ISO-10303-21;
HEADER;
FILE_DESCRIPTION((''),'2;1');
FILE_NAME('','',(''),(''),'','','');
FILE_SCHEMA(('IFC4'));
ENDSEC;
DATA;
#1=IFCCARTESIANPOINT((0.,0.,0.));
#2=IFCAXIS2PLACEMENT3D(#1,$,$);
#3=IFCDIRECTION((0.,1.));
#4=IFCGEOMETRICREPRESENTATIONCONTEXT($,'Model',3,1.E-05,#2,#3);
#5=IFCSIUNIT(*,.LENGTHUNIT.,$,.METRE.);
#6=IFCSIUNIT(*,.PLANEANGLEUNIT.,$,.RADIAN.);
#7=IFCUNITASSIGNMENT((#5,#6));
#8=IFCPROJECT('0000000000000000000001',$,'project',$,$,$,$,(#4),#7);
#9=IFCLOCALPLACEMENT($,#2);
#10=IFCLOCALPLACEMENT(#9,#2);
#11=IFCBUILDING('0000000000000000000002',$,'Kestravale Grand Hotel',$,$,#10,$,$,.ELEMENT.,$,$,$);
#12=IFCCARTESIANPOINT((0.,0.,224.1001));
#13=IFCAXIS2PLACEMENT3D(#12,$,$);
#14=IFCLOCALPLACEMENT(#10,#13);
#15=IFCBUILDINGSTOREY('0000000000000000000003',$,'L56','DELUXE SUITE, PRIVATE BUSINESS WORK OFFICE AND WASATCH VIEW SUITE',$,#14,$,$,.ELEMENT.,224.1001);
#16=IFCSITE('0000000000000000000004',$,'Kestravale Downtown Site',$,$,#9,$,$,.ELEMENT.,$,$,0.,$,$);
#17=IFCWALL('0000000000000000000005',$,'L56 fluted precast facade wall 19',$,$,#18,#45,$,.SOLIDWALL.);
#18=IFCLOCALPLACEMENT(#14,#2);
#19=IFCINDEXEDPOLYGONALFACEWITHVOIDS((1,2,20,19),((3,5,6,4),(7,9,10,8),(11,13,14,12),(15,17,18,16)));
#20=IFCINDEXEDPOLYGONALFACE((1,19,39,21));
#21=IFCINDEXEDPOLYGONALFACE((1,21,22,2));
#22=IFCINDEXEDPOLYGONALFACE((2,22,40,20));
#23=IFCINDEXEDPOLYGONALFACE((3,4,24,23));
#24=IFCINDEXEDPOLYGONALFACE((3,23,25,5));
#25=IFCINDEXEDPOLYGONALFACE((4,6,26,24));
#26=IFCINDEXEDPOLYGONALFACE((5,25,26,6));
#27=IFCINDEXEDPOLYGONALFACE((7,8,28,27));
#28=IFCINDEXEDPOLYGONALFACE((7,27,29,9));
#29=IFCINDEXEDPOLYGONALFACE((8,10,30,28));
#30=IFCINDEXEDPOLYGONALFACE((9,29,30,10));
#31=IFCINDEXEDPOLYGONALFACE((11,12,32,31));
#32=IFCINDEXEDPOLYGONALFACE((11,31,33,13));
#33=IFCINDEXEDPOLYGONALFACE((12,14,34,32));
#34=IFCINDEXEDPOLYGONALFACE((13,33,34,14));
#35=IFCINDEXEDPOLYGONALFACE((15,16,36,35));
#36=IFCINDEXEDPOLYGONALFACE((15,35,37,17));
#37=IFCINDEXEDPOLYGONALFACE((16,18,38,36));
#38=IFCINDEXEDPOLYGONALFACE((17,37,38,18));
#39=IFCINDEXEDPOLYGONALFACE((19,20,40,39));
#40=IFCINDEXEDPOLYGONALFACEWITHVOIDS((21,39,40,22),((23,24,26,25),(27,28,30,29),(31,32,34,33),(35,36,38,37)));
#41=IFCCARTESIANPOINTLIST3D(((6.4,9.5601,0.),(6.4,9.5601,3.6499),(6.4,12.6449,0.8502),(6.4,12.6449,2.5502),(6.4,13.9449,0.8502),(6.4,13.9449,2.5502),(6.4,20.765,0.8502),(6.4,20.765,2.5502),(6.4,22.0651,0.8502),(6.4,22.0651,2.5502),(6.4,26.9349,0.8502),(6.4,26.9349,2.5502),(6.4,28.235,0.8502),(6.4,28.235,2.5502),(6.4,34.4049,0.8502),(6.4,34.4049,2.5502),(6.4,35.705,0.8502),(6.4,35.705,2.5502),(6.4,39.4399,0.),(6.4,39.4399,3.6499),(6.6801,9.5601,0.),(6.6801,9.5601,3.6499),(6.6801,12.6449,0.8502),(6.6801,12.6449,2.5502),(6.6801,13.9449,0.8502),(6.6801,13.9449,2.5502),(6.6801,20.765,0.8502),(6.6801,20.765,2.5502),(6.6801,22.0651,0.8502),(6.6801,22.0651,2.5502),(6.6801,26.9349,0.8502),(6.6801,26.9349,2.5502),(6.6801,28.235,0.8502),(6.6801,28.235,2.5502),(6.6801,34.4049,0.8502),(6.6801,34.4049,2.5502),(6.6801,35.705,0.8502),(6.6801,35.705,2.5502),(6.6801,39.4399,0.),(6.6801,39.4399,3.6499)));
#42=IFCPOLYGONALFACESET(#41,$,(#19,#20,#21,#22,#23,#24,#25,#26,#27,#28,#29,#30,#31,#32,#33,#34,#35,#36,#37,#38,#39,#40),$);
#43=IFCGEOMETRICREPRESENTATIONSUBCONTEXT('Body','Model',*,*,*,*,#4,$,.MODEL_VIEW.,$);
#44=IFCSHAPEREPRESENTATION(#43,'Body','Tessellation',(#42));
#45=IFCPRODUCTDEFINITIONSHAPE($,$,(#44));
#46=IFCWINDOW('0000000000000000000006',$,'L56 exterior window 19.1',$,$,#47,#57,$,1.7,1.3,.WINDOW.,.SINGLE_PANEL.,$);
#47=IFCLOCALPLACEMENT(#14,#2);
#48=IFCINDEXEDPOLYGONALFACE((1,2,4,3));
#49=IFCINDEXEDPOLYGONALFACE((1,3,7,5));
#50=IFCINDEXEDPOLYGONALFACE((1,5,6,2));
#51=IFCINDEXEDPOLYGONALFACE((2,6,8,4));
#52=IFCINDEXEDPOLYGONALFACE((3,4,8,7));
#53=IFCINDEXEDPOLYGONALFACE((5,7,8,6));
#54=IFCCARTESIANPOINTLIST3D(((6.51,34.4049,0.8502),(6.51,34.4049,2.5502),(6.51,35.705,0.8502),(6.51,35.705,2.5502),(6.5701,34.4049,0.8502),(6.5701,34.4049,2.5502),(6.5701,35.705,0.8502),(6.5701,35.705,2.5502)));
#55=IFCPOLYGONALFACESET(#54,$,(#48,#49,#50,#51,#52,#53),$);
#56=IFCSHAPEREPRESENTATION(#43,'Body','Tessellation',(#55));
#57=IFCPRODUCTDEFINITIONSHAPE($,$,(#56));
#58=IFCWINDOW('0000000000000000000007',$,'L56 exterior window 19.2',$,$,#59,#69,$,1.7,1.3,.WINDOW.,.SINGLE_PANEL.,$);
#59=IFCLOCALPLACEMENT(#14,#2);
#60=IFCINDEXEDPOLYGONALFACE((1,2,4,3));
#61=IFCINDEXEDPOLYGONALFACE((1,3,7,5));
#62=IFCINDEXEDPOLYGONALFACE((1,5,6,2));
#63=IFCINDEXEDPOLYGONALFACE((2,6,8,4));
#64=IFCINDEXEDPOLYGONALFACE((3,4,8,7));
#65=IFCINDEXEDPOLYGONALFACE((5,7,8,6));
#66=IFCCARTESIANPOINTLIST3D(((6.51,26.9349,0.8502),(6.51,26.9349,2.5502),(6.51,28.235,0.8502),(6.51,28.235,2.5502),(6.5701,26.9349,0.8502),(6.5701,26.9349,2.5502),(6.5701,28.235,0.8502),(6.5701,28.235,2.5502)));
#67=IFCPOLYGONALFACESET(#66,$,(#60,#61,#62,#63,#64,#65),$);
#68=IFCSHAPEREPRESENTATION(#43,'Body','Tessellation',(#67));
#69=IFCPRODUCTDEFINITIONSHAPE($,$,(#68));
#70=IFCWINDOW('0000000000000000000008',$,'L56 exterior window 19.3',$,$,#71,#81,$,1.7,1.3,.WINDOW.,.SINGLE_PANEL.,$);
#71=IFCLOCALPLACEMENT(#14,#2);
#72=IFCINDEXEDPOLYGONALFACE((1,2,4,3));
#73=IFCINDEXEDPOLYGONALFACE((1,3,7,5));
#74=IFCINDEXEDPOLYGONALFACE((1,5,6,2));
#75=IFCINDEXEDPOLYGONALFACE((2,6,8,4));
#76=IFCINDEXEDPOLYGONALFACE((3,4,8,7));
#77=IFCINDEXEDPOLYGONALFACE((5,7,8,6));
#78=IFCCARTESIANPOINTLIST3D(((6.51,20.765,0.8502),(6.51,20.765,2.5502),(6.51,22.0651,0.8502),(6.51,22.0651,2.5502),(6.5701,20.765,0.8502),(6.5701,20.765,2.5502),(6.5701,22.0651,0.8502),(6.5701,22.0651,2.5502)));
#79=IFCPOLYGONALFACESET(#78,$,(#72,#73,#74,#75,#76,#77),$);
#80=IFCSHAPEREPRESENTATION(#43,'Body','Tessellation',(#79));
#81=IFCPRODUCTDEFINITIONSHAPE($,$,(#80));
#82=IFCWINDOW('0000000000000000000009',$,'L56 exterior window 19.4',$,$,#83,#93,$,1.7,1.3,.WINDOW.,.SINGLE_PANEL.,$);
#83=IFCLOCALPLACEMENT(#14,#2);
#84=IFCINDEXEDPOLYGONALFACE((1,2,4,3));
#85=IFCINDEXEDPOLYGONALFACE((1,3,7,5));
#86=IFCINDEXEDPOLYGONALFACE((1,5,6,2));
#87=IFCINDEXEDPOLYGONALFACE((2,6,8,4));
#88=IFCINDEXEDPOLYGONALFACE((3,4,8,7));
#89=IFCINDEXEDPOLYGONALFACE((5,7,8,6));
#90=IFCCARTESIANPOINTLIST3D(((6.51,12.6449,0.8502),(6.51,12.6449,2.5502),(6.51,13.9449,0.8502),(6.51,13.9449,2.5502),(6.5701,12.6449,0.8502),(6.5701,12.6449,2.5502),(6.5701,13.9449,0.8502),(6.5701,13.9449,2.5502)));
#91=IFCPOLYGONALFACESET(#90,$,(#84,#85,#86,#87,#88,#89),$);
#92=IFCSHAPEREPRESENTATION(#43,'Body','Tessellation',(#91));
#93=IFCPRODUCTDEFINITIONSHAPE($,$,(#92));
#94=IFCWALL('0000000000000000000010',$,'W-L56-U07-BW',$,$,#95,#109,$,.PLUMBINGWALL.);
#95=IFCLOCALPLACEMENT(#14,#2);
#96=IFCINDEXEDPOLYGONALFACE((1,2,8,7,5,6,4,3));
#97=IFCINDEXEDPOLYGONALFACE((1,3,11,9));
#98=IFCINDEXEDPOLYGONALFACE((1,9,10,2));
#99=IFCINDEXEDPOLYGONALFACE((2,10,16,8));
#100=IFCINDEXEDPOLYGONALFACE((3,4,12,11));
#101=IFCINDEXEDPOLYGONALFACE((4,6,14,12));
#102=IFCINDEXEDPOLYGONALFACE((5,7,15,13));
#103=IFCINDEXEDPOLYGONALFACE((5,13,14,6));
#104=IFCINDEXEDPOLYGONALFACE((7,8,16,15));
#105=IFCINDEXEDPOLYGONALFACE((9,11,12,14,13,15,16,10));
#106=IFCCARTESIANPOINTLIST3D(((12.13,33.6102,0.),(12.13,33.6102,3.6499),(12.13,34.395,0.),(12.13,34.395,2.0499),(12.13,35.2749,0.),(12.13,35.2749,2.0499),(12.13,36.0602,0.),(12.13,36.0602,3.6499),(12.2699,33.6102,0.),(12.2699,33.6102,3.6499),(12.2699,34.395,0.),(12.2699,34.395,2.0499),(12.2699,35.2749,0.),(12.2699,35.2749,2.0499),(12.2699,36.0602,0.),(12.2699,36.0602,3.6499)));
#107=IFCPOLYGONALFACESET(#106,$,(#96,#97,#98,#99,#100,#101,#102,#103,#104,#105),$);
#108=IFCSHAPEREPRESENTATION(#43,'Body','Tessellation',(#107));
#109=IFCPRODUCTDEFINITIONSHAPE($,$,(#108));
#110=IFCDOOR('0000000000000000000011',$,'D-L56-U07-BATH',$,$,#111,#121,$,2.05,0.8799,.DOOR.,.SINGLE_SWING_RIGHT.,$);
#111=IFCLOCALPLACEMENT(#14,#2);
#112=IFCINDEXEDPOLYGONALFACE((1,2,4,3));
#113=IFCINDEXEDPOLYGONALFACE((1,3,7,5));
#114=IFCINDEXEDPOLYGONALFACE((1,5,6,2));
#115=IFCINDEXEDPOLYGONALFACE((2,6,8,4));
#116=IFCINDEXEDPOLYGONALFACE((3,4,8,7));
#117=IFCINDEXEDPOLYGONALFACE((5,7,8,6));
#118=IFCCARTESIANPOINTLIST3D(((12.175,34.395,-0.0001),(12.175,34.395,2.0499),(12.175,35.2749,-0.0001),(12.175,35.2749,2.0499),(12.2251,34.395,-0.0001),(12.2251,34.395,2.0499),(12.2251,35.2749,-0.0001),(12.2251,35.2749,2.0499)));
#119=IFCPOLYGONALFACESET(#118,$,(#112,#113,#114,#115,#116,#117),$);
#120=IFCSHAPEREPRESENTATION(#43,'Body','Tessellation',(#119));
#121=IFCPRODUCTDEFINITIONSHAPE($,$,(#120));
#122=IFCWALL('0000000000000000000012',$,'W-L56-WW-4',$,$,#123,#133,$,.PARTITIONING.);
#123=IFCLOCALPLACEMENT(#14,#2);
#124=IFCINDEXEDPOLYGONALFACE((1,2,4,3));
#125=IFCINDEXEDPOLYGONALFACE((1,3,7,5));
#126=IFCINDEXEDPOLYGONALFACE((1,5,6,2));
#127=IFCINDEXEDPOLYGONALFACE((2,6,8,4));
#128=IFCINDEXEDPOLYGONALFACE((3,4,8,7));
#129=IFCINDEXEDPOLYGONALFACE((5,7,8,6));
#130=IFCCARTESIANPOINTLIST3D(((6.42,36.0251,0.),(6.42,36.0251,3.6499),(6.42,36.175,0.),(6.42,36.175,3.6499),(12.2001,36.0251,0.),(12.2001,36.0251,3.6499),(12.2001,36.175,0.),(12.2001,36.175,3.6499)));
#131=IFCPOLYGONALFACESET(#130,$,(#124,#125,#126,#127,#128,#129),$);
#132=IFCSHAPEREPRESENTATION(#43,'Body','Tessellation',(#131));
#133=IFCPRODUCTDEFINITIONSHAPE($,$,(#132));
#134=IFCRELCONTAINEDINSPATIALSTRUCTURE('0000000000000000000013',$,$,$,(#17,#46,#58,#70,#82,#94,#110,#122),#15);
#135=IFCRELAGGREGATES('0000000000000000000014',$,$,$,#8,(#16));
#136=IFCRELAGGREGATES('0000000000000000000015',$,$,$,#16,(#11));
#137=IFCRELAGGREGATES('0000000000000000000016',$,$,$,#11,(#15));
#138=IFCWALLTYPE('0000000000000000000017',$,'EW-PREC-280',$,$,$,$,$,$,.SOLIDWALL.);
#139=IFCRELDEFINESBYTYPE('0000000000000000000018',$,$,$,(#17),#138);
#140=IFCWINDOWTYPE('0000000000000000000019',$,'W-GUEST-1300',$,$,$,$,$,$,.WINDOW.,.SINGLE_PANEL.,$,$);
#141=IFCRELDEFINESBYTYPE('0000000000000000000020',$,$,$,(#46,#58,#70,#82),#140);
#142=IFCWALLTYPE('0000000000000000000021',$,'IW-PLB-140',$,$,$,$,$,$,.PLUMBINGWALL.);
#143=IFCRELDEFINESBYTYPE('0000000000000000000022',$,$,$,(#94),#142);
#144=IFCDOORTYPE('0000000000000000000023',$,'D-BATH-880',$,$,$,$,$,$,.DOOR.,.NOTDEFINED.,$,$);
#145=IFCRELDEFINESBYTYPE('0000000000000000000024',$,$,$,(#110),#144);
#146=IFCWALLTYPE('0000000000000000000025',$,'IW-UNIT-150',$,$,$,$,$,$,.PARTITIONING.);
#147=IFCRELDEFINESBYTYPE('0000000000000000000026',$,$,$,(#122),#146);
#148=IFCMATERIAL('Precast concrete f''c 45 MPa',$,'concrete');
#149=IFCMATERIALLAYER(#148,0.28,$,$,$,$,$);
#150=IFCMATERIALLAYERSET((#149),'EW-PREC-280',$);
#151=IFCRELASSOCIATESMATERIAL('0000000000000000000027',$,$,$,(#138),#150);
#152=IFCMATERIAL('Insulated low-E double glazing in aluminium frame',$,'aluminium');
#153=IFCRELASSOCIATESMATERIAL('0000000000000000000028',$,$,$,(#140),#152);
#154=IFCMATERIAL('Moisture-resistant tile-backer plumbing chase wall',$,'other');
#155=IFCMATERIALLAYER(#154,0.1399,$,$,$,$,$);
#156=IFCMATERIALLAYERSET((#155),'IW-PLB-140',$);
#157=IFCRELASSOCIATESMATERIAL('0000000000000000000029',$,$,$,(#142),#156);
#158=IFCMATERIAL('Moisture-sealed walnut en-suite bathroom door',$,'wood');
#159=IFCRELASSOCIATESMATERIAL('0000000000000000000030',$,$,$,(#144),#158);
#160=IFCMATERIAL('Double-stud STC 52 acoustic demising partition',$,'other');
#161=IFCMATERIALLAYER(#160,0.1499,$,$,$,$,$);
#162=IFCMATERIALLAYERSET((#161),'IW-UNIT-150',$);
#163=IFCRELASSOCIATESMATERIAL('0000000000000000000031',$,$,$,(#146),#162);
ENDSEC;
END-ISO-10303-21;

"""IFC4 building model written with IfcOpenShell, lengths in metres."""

from ifc_helpers import new_model, si_unit, direction, frame, frame_2d, origin, place, context, subcontext, project, spatial, rectangle, extrude, material, layer, layer_set, type_object, element, fill, save


model = new_model("IFC4")

# Units and contexts
model_context = context("Model", 3, precision=1e-05, world=origin(), true_north=direction((0.0, 1.0)))
body_context = subcontext(model_context, "Body", "Model", "MODEL_VIEW")
ifc_project = project(units=[si_unit("LENGTHUNIT", "METRE"), si_unit("PLANEANGLEUNIT", "RADIAN")], contexts=[model_context])

# Site, building, storey
site_placement = place(None, origin())
site = spatial("IfcSite", under=ifc_project, at=site_placement, Name="Kestravale Downtown Site", CompositionType="ELEMENT", RefElevation=0.0)
building_placement = place(site_placement, origin())
building = spatial("IfcBuilding", under=site, at=building_placement, Name="Kestravale Grand Hotel", CompositionType="ELEMENT")
storey_placement = place(building_placement, frame((0.0, 0.0, 224.1001)))
storey = spatial("IfcBuildingStorey", under=building, at=storey_placement, Name="L56", Description="DELUXE SUITE, PRIVATE BUSINESS WORK OFFICE AND WASATCH VIEW SUITE", CompositionType="ELEMENT", Elevation=224.1001)

# Wall, openings, windows
ifc_material_1 = material(Name="Precast concrete f'c 45 MPa", Category="concrete")
ifc_layer_1 = layer(ifc_material_1, 0.28)
ifc_layer_set_1 = layer_set([ifc_layer_1], Name="EW-PREC-280")
wall_type_1 = type_object("IfcWallType", Name="EW-PREC-280", PredefinedType="SOLIDWALL", material=ifc_layer_set_1)
wall_1_placement = place(storey_placement, frame((6.54, 39.4399, 0.0), z_axis=(0.0, 0.0, 1.0), x_axis=(0.0, -1.0, 0.0)))
wall_1 = element("IfcWall", 1, at=wall_1_placement, inside=storey, type_object=wall_type_1, Name="L56 fluted precast facade wall 19", PredefinedType="SOLIDWALL", context=body_context, shape_type="SweptSolid", body=[
    extrude(rectangle(XDim=29.8799, YDim=0.28, at=frame_2d((14.9399, 0.0))), origin(), (0.0, 0.0, 1.0), 3.6499),
])
opening_1_placement = place(wall_1_placement, frame((3.7351, 0.0, 0.8501)))
opening_1 = element("IfcOpeningElement", 2, at=opening_1_placement, cuts=wall_1, PredefinedType="OPENING", context=body_context, shape_type="SweptSolid", body=[
    extrude(rectangle(XDim=1.3, YDim=1.7, at=frame_2d((0.6499, 0.8501))), frame((0.0, 0.1499, 0.0), z_axis=(0.0, -1.0, 0.0), x_axis=(1.0, 0.0, 0.0)), (0.0, 0.0, 1.0), 0.3),
])
opening_2_placement = place(wall_1_placement, frame((11.2051, 0.0, 0.8501)))
opening_2 = element("IfcOpeningElement", 3, at=opening_2_placement, cuts=wall_1, PredefinedType="OPENING", context=body_context, shape_type="SweptSolid", body=[
    extrude(rectangle(XDim=1.3, YDim=1.7, at=frame_2d((0.6499, 0.8501))), frame((0.0, 0.1499, 0.0), z_axis=(0.0, -1.0, 0.0), x_axis=(1.0, 0.0, 0.0)), (0.0, 0.0, 1.0), 0.3),
])
opening_3_placement = place(wall_1_placement, frame((17.375, 0.0, 0.8501)))
opening_3 = element("IfcOpeningElement", 4, at=opening_3_placement, cuts=wall_1, PredefinedType="OPENING", context=body_context, shape_type="SweptSolid", body=[
    extrude(rectangle(XDim=1.3, YDim=1.7, at=frame_2d((0.6499, 0.8501))), frame((0.0, 0.1499, 0.0), z_axis=(0.0, -1.0, 0.0), x_axis=(1.0, 0.0, 0.0)), (0.0, 0.0, 1.0), 0.3),
])
opening_4_placement = place(wall_1_placement, frame((25.4951, 0.0, 0.8501)))
opening_4 = element("IfcOpeningElement", 5, at=opening_4_placement, cuts=wall_1, PredefinedType="OPENING", context=body_context, shape_type="SweptSolid", body=[
    extrude(rectangle(XDim=1.3, YDim=1.7, at=frame_2d((0.6499, 0.8501))), frame((0.0, 0.1499, 0.0), z_axis=(0.0, -1.0, 0.0), x_axis=(1.0, 0.0, 0.0)), (0.0, 0.0, 1.0), 0.3),
])
ifc_material_2 = material(Name="Insulated low-E double glazing in aluminium frame", Category="aluminium")
window_type = type_object("IfcWindowType", Name="W-GUEST-1300", PartitioningType="SINGLE_PANEL", PredefinedType="WINDOW", material=ifc_material_2)
window_1_placement = place(opening_1_placement, origin())
window_1 = element("IfcWindow", 6, at=window_1_placement, inside=storey, type_object=window_type, Name="L56 exterior window 19.1", OverallHeight=1.7, OverallWidth=1.3, PartitioningType="SINGLE_PANEL", PredefinedType="WINDOW", context=body_context, shape_type="SweptSolid", body=[
    extrude(rectangle(XDim=1.3, YDim=1.7, at=frame_2d((0.6499, 0.8501))), frame((0.0, 0.03, 0.0), z_axis=(0.0, -1.0, 0.0), x_axis=(1.0, 0.0, 0.0)), (0.0, 0.0, 1.0), 0.0601),
])
fill(opening_1, window_1)
window_2_placement = place(opening_2_placement, origin())
window_2 = element("IfcWindow", 7, at=window_2_placement, inside=storey, type_object=window_type, Name="L56 exterior window 19.2", OverallHeight=1.7, OverallWidth=1.3, PartitioningType="SINGLE_PANEL", PredefinedType="WINDOW", context=body_context, shape_type="SweptSolid", body=[
    extrude(rectangle(XDim=1.3, YDim=1.7, at=frame_2d((0.6499, 0.8501))), frame((0.0, 0.03, 0.0), z_axis=(0.0, -1.0, 0.0), x_axis=(1.0, 0.0, 0.0)), (0.0, 0.0, 1.0), 0.0601),
])
fill(opening_2, window_2)
window_3_placement = place(opening_3_placement, origin())
window_3 = element("IfcWindow", 8, at=window_3_placement, inside=storey, type_object=window_type, Name="L56 exterior window 19.3", OverallHeight=1.7, OverallWidth=1.3, PartitioningType="SINGLE_PANEL", PredefinedType="WINDOW", context=body_context, shape_type="SweptSolid", body=[
    extrude(rectangle(XDim=1.3, YDim=1.7, at=frame_2d((0.6499, 0.8501))), frame((0.0, 0.03, 0.0), z_axis=(0.0, -1.0, 0.0), x_axis=(1.0, 0.0, 0.0)), (0.0, 0.0, 1.0), 0.0601),
])
fill(opening_3, window_3)
window_4_placement = place(opening_4_placement, origin())
window_4 = element("IfcWindow", 9, at=window_4_placement, inside=storey, type_object=window_type, Name="L56 exterior window 19.4", OverallHeight=1.7, OverallWidth=1.3, PartitioningType="SINGLE_PANEL", PredefinedType="WINDOW", context=body_context, shape_type="SweptSolid", body=[
    extrude(rectangle(XDim=1.3, YDim=1.7, at=frame_2d((0.6499, 0.8501))), frame((0.0, 0.03, 0.0), z_axis=(0.0, -1.0, 0.0), x_axis=(1.0, 0.0, 0.0)), (0.0, 0.0, 1.0), 0.0601),
])
fill(opening_4, window_4)

# Wall, opening, door
ifc_material_3 = material(Name="Moisture-resistant tile-backer plumbing chase wall", Category="other")
ifc_layer_2 = layer(ifc_material_3, 0.1399)
ifc_layer_set_2 = layer_set([ifc_layer_2], Name="IW-PLB-140")
wall_type_2 = type_object("IfcWallType", Name="IW-PLB-140", PredefinedType="PLUMBINGWALL", material=ifc_layer_set_2)
wall_2_placement = place(storey_placement, frame((12.2, 33.6101, 0.0), z_axis=(0.0, 0.0, 1.0), x_axis=(0.0, 1.0, 0.0)))
wall_2 = element("IfcWall", 10, at=wall_2_placement, inside=storey, type_object=wall_type_2, Name="W-L56-U07-BW", PredefinedType="PLUMBINGWALL", context=body_context, shape_type="SweptSolid", body=[
    extrude(rectangle(XDim=2.45, YDim=0.1399, at=frame_2d((1.2251, 0.0))), origin(), (0.0, 0.0, 1.0), 3.6499),
])
opening_5_placement = place(wall_2_placement, frame((0.7849, 0.0, 0.0)))
opening_5 = element("IfcOpeningElement", 11, at=opening_5_placement, cuts=wall_2, PredefinedType="OPENING", context=body_context, shape_type="SweptSolid", body=[
    extrude(rectangle(XDim=0.8799, YDim=2.05, at=frame_2d((0.4399, 1.0249))), frame((0.0, 0.0798, 0.0), z_axis=(0.0, -1.0, 0.0), x_axis=(1.0, 0.0, 0.0)), (0.0, 0.0, 1.0), 0.1599),
])
ifc_material_4 = material(Name="Moisture-sealed walnut en-suite bathroom door", Category="wood")
door_type = type_object("IfcDoorType", Name="D-BATH-880", OperationType="NOTDEFINED", PredefinedType="DOOR", material=ifc_material_4)
door_placement = place(opening_5_placement, origin())
door = element("IfcDoor", 12, at=door_placement, inside=storey, type_object=door_type, Name="D-L56-U07-BATH", OperationType="SINGLE_SWING_RIGHT", OverallHeight=2.05, OverallWidth=0.8799, PredefinedType="DOOR", context=body_context, shape_type="SweptSolid", body=[
    extrude(rectangle(XDim=0.8799, YDim=2.05, at=frame_2d((0.4399, 1.0249))), frame((0.0, 0.0249, 0.0), z_axis=(0.0, -1.0, 0.0), x_axis=(1.0, 0.0, 0.0)), (0.0, 0.0, 1.0), 0.05),
])
fill(opening_5, door)

# Wall
ifc_material_5 = material(Name="Double-stud STC 52 acoustic demising partition", Category="other")
ifc_layer_3 = layer(ifc_material_5, 0.1499)
ifc_layer_set_3 = layer_set([ifc_layer_3], Name="IW-UNIT-150")
wall_type_3 = type_object("IfcWallType", Name="IW-UNIT-150", PredefinedType="PARTITIONING", material=ifc_layer_set_3)
wall_3_placement = place(storey_placement, frame((6.4199, 36.1001, 0.0), z_axis=(0.0, 0.0, 1.0), x_axis=(1.0, 0.0, 0.0)))
element("IfcWall", 13, at=wall_3_placement, inside=storey, type_object=wall_type_3, Name="W-L56-WW-4", PredefinedType="PARTITIONING", context=body_context, shape_type="SweptSolid", body=[
    extrude(rectangle(XDim=5.78, YDim=0.1499, at=frame_2d((2.8901, 0.0))), origin(), (0.0, 0.0, 1.0), 3.6499),
])

save(model, "model.ifc")
